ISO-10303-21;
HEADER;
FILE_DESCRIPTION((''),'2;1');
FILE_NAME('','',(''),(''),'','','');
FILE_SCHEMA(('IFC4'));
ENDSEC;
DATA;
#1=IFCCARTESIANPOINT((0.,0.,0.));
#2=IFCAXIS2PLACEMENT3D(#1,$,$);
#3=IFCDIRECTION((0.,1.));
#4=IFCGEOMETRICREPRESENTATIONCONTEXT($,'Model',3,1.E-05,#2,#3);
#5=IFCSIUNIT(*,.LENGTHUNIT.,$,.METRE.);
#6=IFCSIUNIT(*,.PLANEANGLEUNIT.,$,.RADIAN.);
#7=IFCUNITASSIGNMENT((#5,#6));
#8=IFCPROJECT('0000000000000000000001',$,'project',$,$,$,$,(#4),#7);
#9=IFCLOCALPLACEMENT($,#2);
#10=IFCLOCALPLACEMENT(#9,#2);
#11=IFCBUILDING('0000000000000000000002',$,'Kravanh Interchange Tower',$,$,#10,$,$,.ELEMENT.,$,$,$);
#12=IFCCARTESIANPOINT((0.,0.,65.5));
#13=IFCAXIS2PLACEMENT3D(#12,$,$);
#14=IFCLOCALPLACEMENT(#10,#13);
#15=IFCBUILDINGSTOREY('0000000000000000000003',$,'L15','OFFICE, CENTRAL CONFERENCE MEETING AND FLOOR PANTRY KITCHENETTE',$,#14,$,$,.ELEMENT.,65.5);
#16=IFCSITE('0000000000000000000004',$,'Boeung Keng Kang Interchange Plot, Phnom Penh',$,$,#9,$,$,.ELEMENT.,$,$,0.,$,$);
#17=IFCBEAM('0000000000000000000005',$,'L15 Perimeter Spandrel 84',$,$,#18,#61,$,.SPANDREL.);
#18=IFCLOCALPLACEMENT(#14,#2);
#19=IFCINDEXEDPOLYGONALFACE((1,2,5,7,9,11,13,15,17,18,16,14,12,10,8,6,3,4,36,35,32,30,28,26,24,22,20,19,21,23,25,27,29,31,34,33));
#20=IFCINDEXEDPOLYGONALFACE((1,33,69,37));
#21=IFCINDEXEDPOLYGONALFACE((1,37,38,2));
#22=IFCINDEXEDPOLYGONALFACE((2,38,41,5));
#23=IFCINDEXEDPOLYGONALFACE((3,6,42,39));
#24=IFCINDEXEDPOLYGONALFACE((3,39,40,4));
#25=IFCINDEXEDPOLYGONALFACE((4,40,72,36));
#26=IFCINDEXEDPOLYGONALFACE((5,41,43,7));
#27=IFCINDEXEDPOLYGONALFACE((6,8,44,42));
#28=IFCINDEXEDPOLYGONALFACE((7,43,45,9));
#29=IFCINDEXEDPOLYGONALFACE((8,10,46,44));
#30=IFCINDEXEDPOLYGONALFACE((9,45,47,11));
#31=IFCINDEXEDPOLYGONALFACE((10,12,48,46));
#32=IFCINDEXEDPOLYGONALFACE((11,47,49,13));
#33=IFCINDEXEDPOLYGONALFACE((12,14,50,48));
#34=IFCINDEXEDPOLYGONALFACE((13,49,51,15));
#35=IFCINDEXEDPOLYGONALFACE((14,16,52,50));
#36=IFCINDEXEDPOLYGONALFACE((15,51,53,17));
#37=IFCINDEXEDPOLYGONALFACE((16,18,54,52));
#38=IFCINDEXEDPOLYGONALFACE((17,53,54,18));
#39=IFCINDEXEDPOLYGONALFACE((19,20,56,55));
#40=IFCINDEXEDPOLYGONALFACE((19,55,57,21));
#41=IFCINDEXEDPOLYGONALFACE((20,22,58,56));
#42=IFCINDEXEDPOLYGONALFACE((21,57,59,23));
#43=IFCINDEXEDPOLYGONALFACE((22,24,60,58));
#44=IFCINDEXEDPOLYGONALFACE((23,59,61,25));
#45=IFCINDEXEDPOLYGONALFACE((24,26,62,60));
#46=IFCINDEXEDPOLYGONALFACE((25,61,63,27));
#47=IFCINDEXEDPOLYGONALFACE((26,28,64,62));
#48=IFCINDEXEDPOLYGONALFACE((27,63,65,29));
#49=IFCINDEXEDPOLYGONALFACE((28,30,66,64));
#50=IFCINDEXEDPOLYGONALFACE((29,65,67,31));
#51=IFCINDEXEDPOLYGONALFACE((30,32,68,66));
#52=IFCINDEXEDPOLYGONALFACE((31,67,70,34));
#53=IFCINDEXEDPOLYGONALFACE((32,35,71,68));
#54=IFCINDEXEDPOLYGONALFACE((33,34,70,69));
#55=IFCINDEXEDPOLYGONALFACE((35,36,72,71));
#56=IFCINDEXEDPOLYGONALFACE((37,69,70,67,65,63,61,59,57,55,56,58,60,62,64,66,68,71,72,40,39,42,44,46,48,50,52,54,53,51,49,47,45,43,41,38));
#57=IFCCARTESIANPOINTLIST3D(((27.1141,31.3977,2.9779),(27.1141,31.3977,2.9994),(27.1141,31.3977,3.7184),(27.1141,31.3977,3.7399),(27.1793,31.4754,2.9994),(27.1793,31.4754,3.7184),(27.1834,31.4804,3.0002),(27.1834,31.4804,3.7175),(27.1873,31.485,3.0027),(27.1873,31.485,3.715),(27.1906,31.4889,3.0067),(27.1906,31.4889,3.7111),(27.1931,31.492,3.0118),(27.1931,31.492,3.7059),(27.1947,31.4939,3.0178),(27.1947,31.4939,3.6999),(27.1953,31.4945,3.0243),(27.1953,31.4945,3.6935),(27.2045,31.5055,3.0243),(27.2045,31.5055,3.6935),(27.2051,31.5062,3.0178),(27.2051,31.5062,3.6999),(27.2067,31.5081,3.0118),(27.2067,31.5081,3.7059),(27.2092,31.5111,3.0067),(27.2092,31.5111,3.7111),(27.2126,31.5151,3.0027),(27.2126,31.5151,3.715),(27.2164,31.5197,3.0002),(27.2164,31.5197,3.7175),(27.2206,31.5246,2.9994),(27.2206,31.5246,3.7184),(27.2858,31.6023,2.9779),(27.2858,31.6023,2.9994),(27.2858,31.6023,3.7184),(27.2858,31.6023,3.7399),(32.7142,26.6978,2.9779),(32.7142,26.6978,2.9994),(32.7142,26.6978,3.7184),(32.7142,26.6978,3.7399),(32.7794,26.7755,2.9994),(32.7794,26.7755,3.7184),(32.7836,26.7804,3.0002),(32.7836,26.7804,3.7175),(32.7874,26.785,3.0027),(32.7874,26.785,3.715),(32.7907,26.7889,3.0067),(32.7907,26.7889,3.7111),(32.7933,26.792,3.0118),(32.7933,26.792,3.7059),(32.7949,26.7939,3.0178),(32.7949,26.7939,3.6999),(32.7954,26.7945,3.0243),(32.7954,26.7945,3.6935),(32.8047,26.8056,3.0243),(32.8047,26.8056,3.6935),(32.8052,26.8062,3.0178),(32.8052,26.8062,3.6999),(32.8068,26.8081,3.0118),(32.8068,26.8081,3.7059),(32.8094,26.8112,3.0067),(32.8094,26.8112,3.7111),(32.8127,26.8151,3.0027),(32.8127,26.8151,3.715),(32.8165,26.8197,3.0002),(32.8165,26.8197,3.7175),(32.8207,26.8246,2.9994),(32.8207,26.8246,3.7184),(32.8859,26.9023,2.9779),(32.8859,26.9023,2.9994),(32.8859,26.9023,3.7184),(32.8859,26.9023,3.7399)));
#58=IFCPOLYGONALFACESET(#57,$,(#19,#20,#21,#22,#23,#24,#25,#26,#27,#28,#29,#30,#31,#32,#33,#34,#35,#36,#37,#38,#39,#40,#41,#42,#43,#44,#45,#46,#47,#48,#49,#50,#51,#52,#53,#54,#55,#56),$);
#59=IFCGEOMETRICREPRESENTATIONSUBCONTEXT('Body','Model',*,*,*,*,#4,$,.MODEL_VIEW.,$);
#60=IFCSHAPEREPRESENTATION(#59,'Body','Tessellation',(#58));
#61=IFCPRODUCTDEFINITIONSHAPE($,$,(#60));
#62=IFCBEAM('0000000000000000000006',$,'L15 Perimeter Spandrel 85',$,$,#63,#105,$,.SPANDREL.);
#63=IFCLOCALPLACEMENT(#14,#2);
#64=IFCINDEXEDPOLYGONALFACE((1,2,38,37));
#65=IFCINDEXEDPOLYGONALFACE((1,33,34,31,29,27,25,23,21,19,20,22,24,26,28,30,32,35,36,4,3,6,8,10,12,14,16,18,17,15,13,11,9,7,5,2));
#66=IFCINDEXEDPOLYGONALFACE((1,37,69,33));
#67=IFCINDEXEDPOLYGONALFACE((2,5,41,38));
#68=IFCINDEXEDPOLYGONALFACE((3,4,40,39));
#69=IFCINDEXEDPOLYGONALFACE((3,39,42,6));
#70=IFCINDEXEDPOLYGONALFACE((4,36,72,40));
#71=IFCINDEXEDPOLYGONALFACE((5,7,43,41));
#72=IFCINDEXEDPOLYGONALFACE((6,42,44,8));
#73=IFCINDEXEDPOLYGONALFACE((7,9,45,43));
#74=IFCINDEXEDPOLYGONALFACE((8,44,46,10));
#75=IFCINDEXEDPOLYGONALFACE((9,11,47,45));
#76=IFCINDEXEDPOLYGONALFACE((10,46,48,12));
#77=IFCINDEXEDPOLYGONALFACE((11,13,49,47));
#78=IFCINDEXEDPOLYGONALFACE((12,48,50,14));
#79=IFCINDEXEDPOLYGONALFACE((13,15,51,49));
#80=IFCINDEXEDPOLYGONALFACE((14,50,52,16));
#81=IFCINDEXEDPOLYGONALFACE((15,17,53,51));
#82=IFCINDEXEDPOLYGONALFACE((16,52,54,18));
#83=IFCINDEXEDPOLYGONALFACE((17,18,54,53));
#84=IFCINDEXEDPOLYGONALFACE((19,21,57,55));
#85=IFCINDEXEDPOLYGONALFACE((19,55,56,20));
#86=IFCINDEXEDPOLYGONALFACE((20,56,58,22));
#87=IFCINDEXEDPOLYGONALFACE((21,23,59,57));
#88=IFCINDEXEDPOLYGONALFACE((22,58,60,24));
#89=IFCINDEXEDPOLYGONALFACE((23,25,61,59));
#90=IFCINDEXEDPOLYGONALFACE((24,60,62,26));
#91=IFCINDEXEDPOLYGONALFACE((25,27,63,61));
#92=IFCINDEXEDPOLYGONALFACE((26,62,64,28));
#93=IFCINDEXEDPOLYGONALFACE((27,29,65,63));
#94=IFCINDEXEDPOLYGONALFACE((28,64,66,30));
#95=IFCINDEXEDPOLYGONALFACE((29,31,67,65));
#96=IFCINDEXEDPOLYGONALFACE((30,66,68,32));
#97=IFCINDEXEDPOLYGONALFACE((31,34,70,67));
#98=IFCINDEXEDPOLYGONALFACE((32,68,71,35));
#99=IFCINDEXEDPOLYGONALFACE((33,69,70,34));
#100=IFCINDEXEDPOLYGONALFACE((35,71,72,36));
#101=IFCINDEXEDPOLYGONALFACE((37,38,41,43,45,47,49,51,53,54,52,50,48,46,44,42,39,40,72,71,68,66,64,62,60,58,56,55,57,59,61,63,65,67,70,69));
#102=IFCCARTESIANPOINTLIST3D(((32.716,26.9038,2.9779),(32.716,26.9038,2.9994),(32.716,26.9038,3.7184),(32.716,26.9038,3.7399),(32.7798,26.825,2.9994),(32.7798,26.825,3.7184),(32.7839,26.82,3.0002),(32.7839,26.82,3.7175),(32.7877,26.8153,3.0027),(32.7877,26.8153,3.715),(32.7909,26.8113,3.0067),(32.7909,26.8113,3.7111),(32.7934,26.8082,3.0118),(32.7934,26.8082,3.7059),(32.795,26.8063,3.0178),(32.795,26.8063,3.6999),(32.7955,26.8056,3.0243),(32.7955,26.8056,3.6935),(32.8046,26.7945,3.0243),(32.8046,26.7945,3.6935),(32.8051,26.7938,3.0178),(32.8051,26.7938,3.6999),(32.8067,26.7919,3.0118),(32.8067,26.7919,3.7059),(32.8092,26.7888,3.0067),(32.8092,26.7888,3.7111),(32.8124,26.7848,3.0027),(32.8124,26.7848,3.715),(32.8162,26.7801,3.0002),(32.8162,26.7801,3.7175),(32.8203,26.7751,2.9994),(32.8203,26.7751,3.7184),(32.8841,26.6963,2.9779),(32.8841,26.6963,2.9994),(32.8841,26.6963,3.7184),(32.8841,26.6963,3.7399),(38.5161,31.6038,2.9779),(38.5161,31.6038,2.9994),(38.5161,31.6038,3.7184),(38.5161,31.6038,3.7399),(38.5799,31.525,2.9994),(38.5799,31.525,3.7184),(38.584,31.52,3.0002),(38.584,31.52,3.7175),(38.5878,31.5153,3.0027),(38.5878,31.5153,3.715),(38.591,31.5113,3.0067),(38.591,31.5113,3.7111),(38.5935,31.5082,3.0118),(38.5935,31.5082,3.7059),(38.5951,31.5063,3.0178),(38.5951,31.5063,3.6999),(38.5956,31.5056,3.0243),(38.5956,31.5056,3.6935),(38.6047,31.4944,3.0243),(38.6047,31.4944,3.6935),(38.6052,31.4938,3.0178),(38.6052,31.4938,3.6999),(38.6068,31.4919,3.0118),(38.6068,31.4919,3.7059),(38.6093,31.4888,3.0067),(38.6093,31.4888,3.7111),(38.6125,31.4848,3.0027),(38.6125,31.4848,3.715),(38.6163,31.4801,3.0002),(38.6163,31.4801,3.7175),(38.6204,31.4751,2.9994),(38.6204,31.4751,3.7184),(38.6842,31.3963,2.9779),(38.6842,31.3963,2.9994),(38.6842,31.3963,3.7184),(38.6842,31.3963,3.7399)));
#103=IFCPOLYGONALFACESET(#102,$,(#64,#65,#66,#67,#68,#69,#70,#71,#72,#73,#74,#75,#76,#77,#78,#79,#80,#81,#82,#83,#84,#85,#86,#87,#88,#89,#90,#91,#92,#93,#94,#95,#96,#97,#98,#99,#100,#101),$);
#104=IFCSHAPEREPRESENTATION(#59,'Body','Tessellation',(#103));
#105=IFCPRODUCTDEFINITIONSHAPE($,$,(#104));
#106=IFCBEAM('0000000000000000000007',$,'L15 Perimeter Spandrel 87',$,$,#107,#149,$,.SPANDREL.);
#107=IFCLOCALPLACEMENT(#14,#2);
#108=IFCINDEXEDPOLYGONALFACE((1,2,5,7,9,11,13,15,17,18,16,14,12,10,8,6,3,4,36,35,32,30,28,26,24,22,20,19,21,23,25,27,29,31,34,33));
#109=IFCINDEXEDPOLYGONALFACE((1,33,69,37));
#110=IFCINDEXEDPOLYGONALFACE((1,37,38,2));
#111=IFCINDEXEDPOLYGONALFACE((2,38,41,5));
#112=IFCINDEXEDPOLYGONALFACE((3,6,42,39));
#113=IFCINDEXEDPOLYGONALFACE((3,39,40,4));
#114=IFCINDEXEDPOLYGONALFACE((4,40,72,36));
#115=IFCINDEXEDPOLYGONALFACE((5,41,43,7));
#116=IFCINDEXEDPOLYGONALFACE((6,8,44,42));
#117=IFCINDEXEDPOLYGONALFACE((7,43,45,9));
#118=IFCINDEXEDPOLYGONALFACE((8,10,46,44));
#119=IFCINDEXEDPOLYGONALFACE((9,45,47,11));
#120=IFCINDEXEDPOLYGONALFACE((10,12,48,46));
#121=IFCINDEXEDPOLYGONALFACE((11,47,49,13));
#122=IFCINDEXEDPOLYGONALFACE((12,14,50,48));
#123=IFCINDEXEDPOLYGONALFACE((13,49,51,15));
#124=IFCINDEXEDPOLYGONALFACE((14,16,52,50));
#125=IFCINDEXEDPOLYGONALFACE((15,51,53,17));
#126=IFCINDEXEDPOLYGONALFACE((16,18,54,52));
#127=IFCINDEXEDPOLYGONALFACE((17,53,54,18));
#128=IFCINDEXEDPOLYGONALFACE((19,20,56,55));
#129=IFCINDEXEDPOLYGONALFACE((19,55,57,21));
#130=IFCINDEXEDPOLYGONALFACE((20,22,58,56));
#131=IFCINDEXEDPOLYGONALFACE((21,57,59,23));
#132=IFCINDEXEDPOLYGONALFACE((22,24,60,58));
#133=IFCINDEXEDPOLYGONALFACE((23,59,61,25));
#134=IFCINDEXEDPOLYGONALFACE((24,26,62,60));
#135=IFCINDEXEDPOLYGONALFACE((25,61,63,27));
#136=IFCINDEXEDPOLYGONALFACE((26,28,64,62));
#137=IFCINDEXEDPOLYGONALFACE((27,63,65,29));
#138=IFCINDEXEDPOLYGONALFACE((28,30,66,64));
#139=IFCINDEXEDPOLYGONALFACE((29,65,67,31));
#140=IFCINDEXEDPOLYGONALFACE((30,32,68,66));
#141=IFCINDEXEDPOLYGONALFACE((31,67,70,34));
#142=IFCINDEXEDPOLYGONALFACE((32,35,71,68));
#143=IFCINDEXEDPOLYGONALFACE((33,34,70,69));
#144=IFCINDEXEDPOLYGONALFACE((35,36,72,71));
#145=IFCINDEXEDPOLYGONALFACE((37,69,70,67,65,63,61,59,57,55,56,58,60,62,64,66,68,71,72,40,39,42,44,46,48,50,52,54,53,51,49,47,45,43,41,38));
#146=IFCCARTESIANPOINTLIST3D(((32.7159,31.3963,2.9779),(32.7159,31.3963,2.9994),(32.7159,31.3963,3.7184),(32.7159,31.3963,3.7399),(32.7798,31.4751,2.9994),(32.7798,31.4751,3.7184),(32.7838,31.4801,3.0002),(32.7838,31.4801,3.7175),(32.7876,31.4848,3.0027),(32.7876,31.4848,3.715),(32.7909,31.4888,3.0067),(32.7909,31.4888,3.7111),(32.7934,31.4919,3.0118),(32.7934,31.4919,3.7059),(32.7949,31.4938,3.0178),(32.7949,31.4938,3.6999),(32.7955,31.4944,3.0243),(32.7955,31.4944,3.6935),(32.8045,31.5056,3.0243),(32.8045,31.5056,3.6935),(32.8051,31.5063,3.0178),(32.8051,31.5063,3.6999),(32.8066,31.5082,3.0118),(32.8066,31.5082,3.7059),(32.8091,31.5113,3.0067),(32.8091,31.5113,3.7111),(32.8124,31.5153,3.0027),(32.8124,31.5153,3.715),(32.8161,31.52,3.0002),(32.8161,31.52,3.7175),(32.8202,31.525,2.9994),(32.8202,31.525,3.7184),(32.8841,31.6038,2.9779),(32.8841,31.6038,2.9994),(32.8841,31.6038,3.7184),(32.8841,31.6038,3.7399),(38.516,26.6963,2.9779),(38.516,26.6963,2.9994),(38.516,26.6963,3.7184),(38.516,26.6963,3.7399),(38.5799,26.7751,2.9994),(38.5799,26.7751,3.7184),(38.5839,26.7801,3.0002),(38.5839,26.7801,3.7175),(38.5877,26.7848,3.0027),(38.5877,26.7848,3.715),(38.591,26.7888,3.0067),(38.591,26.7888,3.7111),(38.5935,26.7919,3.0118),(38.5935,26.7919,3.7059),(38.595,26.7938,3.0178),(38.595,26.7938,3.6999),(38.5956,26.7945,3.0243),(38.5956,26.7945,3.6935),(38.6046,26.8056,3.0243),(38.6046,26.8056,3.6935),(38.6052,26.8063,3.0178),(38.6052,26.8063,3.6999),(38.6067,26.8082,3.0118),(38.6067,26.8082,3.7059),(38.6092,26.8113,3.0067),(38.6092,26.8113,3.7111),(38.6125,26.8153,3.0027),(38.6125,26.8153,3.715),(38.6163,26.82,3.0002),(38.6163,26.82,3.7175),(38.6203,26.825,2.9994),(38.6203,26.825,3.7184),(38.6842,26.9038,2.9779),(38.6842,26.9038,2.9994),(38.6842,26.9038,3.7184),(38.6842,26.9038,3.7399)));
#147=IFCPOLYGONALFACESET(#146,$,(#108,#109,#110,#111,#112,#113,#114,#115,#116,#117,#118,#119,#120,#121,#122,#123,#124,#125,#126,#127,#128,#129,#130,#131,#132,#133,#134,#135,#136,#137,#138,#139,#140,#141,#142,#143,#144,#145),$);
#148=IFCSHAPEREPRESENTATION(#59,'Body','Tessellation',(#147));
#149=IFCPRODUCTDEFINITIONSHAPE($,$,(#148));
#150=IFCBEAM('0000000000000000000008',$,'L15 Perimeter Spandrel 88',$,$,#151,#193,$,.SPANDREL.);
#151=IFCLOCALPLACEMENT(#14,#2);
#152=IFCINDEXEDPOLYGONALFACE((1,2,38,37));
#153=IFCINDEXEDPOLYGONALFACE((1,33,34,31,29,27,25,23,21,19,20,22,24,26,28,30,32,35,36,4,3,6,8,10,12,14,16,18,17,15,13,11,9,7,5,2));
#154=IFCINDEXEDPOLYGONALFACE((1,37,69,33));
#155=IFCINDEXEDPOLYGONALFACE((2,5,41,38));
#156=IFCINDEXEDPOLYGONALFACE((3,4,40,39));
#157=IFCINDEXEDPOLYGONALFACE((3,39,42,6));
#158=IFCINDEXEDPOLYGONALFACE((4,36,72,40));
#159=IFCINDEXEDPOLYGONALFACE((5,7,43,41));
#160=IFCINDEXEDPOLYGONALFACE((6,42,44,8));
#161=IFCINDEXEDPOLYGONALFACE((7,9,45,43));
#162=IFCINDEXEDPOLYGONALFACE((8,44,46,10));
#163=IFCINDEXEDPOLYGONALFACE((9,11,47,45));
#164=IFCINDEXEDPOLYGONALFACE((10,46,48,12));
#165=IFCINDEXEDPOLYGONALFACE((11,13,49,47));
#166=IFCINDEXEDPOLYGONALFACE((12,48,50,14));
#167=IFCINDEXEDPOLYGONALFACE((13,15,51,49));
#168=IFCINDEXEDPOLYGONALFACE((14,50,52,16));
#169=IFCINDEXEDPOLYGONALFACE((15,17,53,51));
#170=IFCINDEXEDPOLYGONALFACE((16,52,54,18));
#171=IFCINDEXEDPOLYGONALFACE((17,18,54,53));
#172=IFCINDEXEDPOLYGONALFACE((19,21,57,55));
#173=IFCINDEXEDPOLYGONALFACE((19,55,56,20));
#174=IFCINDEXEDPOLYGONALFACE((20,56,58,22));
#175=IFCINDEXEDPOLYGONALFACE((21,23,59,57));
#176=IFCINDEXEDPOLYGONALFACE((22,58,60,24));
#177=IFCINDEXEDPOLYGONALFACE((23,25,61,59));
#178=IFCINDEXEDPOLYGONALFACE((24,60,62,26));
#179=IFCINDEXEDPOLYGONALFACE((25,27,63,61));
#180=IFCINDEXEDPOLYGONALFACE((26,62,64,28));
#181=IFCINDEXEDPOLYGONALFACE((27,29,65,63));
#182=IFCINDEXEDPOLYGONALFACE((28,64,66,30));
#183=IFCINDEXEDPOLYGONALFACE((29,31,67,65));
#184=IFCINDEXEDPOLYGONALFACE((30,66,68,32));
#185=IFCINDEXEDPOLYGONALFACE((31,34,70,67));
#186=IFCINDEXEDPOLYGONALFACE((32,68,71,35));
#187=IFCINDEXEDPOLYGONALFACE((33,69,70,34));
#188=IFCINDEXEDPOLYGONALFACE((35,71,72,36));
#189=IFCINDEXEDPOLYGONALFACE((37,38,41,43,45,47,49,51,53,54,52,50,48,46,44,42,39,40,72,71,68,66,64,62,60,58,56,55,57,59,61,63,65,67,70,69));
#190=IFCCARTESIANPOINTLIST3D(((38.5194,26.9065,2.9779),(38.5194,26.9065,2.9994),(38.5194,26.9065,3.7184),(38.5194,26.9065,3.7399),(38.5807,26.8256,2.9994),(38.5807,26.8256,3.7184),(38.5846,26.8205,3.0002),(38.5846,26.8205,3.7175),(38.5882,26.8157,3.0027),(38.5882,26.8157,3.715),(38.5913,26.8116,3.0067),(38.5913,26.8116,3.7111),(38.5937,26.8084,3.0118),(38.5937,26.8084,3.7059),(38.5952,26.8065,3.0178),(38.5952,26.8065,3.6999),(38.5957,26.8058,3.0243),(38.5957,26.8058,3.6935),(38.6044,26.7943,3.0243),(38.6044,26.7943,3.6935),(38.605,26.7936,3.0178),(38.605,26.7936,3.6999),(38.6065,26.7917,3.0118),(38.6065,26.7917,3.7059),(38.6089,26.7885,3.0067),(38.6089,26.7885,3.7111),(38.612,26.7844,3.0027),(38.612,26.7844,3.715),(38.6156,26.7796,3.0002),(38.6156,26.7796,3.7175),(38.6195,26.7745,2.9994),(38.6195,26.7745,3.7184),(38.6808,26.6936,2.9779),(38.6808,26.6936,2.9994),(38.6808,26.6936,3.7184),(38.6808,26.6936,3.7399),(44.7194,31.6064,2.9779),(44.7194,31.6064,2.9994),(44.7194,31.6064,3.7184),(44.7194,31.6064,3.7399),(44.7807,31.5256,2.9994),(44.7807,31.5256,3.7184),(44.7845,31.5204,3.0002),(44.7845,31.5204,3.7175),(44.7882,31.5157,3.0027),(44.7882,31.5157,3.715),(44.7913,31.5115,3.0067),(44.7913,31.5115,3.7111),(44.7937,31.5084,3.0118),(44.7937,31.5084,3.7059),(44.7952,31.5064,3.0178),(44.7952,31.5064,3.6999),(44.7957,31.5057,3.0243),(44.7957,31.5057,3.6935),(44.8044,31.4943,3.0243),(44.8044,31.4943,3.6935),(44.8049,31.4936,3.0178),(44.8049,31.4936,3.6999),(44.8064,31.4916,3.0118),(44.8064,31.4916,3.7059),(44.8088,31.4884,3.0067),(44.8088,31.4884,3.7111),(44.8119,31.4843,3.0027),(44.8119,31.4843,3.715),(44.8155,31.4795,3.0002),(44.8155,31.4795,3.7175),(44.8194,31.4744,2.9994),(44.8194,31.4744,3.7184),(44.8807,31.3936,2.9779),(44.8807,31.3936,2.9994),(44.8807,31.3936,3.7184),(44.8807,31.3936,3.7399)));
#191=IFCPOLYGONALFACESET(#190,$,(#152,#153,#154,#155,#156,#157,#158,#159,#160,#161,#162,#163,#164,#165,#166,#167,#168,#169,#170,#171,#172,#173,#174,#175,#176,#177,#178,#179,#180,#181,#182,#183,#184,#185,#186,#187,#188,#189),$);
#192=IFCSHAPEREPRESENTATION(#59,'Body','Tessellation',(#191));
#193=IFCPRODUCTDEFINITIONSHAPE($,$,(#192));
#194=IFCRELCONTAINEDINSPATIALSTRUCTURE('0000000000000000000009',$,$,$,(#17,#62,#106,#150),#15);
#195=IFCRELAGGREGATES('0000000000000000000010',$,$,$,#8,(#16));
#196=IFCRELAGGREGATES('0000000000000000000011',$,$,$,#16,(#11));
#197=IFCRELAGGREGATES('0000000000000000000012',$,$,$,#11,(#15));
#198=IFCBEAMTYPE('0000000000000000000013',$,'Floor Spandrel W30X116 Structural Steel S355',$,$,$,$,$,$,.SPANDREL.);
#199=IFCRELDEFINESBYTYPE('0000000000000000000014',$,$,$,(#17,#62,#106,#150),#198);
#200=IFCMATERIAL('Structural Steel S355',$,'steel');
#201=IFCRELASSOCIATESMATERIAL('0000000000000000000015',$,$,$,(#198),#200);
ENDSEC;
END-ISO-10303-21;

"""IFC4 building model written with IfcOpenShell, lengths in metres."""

from ifc_helpers import new_model, si_unit, direction, frame, origin, origin_2d, place, context, subcontext, project, spatial, i_section, extrude, material, material_profile, profile_set, type_object, element, save


model = new_model("IFC4")

# Units and contexts
model_context = context("Model", 3, precision=1e-05, world=origin(), true_north=direction((0.0, 1.0)))
body_context = subcontext(model_context, "Body", "Model", "MODEL_VIEW")
ifc_project = project(units=[si_unit("LENGTHUNIT", "METRE"), si_unit("PLANEANGLEUNIT", "RADIAN")], contexts=[model_context])

# Site, building, storey
site_placement = place(None, origin())
site = spatial("IfcSite", under=ifc_project, at=site_placement, Name="Boeung Keng Kang Interchange Plot, Phnom Penh", CompositionType="ELEMENT", RefElevation=0.0)
building_placement = place(site_placement, origin())
building = spatial("IfcBuilding", under=site, at=building_placement, Name="Kravanh Interchange Tower", CompositionType="ELEMENT")
storey_placement = place(building_placement, frame((0.0, 0.0, 65.5)))
storey = spatial("IfcBuildingStorey", under=building, at=storey_placement, Name="L15", Description="OFFICE, CENTRAL CONFERENCE MEETING AND FLOOR PANTRY KITCHENETTE", CompositionType="ELEMENT", Elevation=65.5)

# Beams
ifc_material_1 = material(Name="Structural Steel S355", Category="steel")
ifc_material_profile_1 = material_profile(ifc_material_1, i_section(OverallWidth=0.2671, OverallDepth=0.762, WebThickness=0.0144, FlangeThickness=0.0215, FilletRadius=0.0249, at=origin_2d()), Name="W30X116")
ifc_profile_set_1 = profile_set([ifc_material_profile_1], Name="Structural Steel S355")
beam_type_1 = type_object("IfcBeamType", Name="Floor Spandrel W30X116 Structural Steel S355", PredefinedType="SPANDREL", material=ifc_profile_set_1)
beam_1_placement = place(storey_placement, frame((32.8, 26.8, 3.3589), z_axis=(-0.765983, 0.642861, 0.0), x_axis=(-0.642861, -0.765983, 0.0)))
element("IfcBeam", 1, at=beam_1_placement, inside=storey, type_object=beam_type_1, Name="L15 Perimeter Spandrel 84", PredefinedType="SPANDREL", context=body_context, shape_type="SweptSolid", body=[
    extrude(i_section(OverallWidth=0.2671, OverallDepth=0.762, WebThickness=0.0144, FlangeThickness=0.0215, FilletRadius=0.0249, at=origin_2d()), origin(), (0.0, 0.0, 1.0), 7.311),
])
for number, where, z_axis, x_axis, name in (
    (2, (32.8, 26.8, 3.3589), (0.776939, 0.629576, 0.0), (-0.629576, 0.776939, 0.0), "L15 Perimeter Spandrel 85"),
    (3, (38.6001, 26.8, 3.3589), (-0.776939, 0.629576, 0.0), (-0.629576, -0.776939, 0.0), "L15 Perimeter Spandrel 87"),
):
    element("IfcBeam", number, at=place(storey_placement, frame(where, z_axis=z_axis, x_axis=x_axis)), inside=storey, type_object=beam_type_1, Name=name, PredefinedType="SPANDREL", context=body_context, shape_type="SweptSolid", body=[
        extrude(i_section(OverallWidth=0.2671, OverallDepth=0.762, WebThickness=0.0144, FlangeThickness=0.0215, FilletRadius=0.0249, at=origin_2d()), origin(), (0.0, 0.0, 1.0), 7.4653),
    ])
beam_2_placement = place(storey_placement, frame((38.6001, 26.8, 3.3589), z_axis=(0.796905, 0.604104, 0.0), x_axis=(-0.604104, 0.796905, 0.0)))
element("IfcBeam", 4, at=beam_2_placement, inside=storey, type_object=beam_type_1, Name="L15 Perimeter Spandrel 88", PredefinedType="SPANDREL", context=body_context, shape_type="SweptSolid", body=[
    extrude(i_section(OverallWidth=0.2671, OverallDepth=0.762, WebThickness=0.0144, FlangeThickness=0.0215, FilletRadius=0.0249, at=origin_2d()), origin(), (0.0, 0.0, 1.0), 7.78),
])

save(model, "model.ifc")
